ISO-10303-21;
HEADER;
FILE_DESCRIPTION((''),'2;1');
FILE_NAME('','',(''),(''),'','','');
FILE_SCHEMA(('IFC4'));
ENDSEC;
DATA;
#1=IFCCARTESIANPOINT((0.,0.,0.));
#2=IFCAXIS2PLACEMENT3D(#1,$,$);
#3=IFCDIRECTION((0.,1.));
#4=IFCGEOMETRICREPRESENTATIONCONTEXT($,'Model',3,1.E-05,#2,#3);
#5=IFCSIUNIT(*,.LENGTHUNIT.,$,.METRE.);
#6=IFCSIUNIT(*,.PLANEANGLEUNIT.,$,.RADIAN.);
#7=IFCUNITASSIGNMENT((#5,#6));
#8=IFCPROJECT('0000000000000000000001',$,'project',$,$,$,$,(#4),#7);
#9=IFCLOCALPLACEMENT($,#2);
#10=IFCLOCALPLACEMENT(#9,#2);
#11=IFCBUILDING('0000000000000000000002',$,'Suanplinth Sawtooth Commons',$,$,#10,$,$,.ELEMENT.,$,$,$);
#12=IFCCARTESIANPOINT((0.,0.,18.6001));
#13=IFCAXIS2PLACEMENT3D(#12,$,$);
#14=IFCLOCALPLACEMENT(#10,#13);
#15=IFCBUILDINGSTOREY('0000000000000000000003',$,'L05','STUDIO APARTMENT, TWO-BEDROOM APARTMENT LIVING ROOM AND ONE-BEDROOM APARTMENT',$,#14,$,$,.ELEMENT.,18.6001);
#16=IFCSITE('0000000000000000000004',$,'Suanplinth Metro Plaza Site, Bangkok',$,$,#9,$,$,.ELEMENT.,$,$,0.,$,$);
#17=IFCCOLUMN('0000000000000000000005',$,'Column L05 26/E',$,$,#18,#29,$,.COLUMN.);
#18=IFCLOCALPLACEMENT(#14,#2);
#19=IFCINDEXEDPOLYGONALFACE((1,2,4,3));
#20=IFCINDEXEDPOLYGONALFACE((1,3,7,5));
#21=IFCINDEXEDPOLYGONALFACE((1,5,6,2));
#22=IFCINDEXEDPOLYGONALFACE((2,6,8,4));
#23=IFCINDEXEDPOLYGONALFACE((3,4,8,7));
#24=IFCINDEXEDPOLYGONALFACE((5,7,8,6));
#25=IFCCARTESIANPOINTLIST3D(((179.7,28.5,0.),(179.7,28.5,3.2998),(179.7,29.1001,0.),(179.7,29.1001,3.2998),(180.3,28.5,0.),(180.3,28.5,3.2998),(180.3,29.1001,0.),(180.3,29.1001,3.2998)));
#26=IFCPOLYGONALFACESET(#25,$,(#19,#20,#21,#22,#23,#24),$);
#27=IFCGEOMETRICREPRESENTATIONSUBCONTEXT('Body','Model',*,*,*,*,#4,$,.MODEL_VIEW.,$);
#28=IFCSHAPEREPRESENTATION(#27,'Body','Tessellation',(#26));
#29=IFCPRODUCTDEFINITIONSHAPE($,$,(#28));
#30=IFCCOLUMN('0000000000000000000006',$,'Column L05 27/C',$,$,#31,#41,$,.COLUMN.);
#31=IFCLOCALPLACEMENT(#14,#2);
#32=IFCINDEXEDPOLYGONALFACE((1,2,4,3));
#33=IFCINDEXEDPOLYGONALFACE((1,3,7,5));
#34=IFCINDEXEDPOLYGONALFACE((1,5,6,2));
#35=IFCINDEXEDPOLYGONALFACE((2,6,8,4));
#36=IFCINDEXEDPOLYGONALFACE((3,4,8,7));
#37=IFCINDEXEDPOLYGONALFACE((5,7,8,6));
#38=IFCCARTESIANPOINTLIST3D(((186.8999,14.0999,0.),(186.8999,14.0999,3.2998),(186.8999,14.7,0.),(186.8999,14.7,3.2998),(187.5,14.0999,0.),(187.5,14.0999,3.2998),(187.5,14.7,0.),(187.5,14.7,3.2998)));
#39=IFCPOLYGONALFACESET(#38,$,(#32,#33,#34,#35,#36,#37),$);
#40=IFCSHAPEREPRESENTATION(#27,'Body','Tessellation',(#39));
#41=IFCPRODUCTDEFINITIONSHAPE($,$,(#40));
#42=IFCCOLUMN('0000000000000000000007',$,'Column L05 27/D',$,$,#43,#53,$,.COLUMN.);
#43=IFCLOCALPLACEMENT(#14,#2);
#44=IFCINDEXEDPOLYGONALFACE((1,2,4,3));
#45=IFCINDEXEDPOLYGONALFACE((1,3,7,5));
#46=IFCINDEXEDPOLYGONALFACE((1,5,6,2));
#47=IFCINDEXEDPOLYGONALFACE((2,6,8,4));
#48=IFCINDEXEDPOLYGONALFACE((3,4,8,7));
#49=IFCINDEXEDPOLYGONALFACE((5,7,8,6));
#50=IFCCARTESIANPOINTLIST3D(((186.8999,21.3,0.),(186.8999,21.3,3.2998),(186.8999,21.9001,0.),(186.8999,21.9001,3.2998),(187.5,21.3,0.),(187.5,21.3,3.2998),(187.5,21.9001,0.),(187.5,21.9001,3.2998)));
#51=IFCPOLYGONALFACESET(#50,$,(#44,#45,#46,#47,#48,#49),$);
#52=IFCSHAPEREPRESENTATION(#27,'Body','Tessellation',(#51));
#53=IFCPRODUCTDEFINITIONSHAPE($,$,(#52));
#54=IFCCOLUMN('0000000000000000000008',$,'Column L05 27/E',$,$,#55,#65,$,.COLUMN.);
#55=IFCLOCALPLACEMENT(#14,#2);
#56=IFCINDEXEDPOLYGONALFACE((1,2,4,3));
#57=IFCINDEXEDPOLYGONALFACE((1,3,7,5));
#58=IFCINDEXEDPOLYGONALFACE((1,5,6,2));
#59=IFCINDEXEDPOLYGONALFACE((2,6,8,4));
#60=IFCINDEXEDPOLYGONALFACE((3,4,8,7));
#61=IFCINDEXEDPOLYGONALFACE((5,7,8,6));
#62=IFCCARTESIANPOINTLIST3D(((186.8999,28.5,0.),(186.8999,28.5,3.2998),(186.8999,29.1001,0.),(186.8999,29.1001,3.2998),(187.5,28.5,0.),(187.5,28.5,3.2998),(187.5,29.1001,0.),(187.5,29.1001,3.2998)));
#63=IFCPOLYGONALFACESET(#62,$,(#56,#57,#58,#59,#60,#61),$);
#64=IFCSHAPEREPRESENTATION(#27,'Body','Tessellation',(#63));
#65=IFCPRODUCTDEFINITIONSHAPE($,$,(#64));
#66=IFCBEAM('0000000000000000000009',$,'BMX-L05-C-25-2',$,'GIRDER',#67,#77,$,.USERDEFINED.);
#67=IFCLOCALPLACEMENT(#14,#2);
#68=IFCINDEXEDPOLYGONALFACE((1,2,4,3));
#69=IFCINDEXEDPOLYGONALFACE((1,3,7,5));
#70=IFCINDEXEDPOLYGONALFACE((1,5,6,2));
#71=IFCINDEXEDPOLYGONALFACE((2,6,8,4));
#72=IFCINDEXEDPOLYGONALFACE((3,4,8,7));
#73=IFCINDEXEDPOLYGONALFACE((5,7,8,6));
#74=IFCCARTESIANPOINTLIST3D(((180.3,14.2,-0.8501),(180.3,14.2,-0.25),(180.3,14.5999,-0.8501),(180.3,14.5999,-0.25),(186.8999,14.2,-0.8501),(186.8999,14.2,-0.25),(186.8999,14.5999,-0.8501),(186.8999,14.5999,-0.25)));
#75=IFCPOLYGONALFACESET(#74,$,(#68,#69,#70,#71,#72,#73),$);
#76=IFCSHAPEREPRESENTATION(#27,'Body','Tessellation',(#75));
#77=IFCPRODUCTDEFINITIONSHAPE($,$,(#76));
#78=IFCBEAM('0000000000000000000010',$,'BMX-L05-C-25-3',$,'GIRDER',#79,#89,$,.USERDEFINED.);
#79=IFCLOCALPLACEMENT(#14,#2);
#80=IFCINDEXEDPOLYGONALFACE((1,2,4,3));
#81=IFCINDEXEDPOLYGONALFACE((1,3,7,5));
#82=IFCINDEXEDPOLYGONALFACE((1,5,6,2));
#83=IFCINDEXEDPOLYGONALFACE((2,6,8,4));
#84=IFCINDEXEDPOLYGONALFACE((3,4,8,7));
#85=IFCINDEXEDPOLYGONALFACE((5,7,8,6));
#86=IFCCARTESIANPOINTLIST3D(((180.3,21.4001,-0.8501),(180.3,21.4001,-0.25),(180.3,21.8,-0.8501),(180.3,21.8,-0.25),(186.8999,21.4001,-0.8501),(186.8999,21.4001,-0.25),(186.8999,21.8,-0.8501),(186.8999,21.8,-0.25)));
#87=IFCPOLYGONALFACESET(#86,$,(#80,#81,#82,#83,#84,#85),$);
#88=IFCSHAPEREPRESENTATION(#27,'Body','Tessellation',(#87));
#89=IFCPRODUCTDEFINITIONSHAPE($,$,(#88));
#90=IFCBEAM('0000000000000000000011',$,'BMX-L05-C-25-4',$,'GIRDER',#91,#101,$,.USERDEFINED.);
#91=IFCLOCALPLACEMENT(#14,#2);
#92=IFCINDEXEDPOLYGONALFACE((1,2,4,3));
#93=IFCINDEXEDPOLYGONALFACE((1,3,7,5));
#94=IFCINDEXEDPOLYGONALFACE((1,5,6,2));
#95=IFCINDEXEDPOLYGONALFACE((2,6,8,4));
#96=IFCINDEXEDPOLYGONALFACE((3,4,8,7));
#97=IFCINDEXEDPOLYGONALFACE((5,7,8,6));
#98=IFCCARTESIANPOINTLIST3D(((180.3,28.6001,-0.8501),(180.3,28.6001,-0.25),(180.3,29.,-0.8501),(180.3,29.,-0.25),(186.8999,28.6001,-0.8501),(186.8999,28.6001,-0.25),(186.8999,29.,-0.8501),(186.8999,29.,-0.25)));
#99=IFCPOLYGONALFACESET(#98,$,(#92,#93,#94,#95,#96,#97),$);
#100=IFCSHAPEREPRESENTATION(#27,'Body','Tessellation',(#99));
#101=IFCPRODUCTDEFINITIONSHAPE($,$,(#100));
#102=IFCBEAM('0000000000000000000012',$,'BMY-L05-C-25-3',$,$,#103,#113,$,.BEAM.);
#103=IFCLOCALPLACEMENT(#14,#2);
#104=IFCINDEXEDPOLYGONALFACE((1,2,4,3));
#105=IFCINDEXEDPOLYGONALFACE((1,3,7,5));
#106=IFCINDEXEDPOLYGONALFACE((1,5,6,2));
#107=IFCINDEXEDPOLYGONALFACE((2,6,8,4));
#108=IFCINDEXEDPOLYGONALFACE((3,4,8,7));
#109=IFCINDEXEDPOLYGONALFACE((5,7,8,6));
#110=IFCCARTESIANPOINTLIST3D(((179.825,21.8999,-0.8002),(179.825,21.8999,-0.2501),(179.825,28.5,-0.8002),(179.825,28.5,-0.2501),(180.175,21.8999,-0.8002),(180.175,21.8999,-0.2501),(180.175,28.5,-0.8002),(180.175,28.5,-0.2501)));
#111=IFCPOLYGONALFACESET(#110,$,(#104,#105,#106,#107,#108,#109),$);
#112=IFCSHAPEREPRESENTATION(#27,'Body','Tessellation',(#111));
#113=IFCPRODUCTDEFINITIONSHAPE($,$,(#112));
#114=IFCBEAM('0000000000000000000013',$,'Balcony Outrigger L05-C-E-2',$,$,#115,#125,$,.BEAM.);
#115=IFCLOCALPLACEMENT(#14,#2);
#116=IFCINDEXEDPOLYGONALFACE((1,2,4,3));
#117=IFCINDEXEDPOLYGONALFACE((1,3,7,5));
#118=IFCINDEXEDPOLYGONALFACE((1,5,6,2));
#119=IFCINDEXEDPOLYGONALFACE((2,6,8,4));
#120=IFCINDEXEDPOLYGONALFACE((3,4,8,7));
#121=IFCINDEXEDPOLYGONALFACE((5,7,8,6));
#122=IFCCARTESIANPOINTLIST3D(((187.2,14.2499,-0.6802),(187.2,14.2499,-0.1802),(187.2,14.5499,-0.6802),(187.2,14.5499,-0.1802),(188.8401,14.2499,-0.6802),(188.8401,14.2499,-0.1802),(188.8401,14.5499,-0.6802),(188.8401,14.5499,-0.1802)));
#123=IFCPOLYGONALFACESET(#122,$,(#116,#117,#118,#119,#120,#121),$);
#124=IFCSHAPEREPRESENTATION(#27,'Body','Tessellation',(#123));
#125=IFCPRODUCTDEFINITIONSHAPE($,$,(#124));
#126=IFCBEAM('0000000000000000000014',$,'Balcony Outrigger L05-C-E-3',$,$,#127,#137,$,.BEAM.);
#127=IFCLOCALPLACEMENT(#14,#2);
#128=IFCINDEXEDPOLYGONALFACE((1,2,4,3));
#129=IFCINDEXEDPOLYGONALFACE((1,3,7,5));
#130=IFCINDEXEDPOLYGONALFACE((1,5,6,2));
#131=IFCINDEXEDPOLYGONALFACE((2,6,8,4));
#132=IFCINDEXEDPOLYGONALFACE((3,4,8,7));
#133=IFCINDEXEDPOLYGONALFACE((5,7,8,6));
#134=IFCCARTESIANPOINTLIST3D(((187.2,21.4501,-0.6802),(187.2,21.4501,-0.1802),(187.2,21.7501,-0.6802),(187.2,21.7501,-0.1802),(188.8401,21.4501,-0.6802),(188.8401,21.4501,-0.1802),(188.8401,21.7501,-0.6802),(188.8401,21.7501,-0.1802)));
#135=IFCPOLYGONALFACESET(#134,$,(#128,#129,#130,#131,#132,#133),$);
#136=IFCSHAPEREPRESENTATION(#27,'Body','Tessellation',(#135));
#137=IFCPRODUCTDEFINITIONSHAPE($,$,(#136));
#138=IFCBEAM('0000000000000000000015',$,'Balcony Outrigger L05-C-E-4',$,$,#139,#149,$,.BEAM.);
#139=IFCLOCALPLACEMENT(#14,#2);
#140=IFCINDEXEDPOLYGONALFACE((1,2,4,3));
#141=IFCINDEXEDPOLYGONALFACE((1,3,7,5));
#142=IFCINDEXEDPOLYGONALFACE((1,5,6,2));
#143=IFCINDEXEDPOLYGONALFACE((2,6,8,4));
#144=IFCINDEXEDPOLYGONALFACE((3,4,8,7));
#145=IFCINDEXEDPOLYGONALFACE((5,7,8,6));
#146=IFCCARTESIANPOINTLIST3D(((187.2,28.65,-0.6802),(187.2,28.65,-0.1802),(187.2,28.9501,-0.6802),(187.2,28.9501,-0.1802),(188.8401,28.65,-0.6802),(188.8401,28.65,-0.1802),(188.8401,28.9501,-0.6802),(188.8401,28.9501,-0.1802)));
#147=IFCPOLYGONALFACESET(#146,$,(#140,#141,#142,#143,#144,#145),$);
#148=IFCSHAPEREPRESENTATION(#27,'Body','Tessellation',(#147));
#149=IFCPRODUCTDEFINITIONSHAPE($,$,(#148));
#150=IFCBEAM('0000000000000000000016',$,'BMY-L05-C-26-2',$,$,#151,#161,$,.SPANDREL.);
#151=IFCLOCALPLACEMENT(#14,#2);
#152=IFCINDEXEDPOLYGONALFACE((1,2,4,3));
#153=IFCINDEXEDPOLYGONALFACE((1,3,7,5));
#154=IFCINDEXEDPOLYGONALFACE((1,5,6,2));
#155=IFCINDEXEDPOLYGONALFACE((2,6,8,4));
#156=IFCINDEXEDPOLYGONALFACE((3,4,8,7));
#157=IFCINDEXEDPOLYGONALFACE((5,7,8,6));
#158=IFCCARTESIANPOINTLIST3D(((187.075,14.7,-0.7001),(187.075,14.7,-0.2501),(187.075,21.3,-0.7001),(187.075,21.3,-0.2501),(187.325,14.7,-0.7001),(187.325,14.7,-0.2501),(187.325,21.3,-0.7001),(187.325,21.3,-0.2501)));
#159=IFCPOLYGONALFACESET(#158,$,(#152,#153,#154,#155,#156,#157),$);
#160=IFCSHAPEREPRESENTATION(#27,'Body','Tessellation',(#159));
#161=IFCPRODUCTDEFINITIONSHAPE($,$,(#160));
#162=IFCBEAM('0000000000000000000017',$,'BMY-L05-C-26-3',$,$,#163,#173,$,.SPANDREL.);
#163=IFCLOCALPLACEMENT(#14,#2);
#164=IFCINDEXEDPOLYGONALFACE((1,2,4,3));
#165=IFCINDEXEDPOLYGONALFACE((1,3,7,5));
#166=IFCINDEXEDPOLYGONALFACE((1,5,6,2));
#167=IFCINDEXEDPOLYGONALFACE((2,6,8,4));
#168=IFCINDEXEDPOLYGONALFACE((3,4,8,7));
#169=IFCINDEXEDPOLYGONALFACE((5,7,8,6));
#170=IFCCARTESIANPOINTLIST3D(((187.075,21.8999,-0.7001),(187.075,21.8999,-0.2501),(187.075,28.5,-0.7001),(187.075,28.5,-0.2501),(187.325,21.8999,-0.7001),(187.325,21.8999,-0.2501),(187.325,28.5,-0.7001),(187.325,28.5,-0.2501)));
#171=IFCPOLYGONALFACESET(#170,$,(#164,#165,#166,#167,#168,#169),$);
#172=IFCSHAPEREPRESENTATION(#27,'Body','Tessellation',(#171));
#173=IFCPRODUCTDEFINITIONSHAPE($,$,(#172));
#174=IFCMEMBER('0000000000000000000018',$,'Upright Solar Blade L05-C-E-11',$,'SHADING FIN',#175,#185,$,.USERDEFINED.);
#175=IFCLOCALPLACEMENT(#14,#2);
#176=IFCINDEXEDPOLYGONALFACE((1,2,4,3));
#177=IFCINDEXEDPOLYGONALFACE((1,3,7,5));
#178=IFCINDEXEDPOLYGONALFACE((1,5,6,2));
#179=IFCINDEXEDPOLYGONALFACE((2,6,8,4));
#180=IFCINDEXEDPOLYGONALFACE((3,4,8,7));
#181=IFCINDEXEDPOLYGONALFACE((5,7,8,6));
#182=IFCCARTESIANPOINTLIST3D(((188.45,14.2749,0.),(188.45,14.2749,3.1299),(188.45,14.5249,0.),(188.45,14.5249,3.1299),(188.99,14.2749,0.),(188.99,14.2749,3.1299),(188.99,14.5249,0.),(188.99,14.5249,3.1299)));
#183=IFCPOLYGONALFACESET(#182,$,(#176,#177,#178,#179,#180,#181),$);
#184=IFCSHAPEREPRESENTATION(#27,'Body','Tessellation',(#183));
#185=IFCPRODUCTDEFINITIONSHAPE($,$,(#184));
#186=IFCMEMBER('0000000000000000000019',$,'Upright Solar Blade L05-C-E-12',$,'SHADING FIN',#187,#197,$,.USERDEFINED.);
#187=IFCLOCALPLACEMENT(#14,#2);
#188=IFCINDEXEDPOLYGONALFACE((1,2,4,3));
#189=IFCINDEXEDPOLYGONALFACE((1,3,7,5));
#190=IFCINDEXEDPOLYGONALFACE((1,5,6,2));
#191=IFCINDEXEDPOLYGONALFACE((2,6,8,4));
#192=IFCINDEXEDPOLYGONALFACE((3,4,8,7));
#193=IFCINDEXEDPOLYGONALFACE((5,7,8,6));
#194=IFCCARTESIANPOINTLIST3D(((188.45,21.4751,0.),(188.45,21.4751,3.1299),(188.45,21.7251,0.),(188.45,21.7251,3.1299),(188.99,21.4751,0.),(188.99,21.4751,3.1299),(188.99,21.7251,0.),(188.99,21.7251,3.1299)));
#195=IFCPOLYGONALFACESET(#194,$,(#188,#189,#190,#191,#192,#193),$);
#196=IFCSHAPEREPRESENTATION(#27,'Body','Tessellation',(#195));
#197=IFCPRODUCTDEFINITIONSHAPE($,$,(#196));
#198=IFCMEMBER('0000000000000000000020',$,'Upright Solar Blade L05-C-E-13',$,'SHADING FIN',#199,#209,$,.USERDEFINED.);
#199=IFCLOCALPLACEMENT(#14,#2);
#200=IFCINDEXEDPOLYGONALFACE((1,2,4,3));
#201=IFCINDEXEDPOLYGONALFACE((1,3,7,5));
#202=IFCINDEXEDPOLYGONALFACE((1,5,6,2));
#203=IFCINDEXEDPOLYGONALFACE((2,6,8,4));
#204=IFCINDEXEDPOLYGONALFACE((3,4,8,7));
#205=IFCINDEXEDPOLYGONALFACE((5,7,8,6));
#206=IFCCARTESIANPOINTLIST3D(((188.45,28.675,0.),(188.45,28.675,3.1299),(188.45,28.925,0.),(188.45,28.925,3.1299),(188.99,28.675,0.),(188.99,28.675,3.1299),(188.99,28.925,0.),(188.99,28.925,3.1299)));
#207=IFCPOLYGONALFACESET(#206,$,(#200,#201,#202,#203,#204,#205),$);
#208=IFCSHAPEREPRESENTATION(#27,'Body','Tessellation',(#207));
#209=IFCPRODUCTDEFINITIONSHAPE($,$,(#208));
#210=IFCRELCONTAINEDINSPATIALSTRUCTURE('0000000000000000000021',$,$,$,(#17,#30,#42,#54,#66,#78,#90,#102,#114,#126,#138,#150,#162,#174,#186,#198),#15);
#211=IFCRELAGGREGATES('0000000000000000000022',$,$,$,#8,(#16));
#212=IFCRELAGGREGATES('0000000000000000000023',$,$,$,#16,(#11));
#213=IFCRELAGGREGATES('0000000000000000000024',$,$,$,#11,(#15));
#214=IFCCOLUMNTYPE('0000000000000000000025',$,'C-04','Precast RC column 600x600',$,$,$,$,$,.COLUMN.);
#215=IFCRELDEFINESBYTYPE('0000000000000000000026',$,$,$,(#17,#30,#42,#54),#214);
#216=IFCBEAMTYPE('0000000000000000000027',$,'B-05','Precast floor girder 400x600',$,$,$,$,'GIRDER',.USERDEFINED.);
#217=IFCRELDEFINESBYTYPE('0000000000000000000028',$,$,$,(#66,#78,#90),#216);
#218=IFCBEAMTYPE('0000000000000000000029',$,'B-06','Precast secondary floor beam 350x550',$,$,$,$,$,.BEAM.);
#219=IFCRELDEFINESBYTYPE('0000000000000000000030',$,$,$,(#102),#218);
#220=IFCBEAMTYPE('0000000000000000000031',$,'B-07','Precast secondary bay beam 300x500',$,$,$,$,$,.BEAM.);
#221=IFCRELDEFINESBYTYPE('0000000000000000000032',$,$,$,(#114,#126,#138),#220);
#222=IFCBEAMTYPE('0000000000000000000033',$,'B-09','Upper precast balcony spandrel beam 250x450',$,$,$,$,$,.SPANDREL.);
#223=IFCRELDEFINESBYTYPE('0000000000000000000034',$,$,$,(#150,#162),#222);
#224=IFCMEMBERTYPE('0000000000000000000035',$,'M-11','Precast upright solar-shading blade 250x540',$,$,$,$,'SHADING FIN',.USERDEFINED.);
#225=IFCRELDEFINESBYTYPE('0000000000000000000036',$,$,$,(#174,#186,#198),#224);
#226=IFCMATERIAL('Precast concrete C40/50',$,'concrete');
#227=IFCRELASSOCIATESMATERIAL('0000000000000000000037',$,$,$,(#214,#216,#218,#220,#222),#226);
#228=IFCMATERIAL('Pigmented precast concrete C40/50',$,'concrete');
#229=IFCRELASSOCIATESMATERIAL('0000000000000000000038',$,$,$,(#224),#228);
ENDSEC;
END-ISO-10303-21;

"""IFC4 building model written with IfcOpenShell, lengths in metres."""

from ifc_helpers import new_model, si_unit, direction, frame, origin, origin_2d, place, context, subcontext, project, spatial, rectangle, extrude, material, material_profile, profile_set, type_object, element, save


model = new_model("IFC4")

# Units and contexts
model_context = context("Model", 3, precision=1e-05, world=origin(), true_north=direction((0.0, 1.0)))
body_context = subcontext(model_context, "Body", "Model", "MODEL_VIEW")
ifc_project = project(units=[si_unit("LENGTHUNIT", "METRE"), si_unit("PLANEANGLEUNIT", "RADIAN")], contexts=[model_context])

# Site, building, storey
site_placement = place(None, origin())
site = spatial("IfcSite", under=ifc_project, at=site_placement, Name="Suanplinth Metro Plaza Site, Bangkok", CompositionType="ELEMENT", RefElevation=0.0)
building_placement = place(site_placement, origin())
building = spatial("IfcBuilding", under=site, at=building_placement, Name="Suanplinth Sawtooth Commons", CompositionType="ELEMENT")
storey_placement = place(building_placement, frame((0.0, 0.0, 18.6001)))
storey = spatial("IfcBuildingStorey", under=building, at=storey_placement, Name="L05", Description="STUDIO APARTMENT, TWO-BEDROOM APARTMENT LIVING ROOM AND ONE-BEDROOM APARTMENT", CompositionType="ELEMENT", Elevation=18.6001)

# Columns
ifc_material_1 = material(Name="Precast concrete C40/50", Category="concrete")
ifc_material_profile_1 = material_profile(ifc_material_1, rectangle(XDim=0.6001, YDim=0.6001, at=origin_2d()), Name="PC-COL 600x600")
ifc_profile_set_1 = profile_set([ifc_material_profile_1], Name="Precast concrete C40/50")
column_type = type_object("IfcColumnType", Name="C-04", Description="Precast RC column 600x600", PredefinedType="COLUMN", material=ifc_profile_set_1)
for number, where, z_axis, x_axis, name in (
    (1, (180.0, 28.8, 0.0), (0.0, 0.0, 1.0), (1.0, 0.0, 0.0), "Column L05 26/E"),
    (2, (187.2, 14.3999, 0.0), (0.0, 0.0, 1.0), (1.0, 0.0, 0.0), "Column L05 27/C"),
    (3, (187.2, 21.6001, 0.0), (0.0, 0.0, 1.0), (1.0, 0.0, 0.0), "Column L05 27/D"),
    (4, (187.2, 28.8, 0.0), (0.0, 0.0, 1.0), (1.0, 0.0, 0.0), "Column L05 27/E"),
):
    element("IfcColumn", number, at=place(storey_placement, frame(where, z_axis=z_axis, x_axis=x_axis)), inside=storey, type_object=column_type, Name=name, PredefinedType="COLUMN", context=body_context, shape_type="SweptSolid", body=[
        extrude(rectangle(XDim=0.6001, YDim=0.6001, at=origin_2d()), origin(), (0.0, 0.0, 1.0), 3.2998),
    ])

# Beams
ifc_material_profile_2 = material_profile(ifc_material_1, rectangle(XDim=0.3999, YDim=0.6001, at=origin_2d()), Name="PC-GDR 400x600")
ifc_profile_set_2 = profile_set([ifc_material_profile_2], Name="Precast concrete C40/50")
beam_type_1 = type_object("IfcBeamType", Name="B-05", Description="Precast floor girder 400x600", ElementType="GIRDER", PredefinedType="USERDEFINED", material=ifc_profile_set_2)
for number, where, z_axis, x_axis, name in (
    (5, (180.3, 14.3999, -0.55), (1.0, 0.0, 0.0), (0.0, 1.0, 0.0), "BMX-L05-C-25-2"),
    (6, (180.3, 21.6001, -0.55), (1.0, 0.0, 0.0), (0.0, 1.0, 0.0), "BMX-L05-C-25-3"),
    (7, (180.3, 28.8, -0.55), (1.0, 0.0, 0.0), (0.0, 1.0, 0.0), "BMX-L05-C-25-4"),
):
    element("IfcBeam", number, at=place(storey_placement, frame(where, z_axis=z_axis, x_axis=x_axis)), inside=storey, type_object=beam_type_1, Name=name, ObjectType="GIRDER", PredefinedType="USERDEFINED", context=body_context, shape_type="SweptSolid", body=[
        extrude(rectangle(XDim=0.3999, YDim=0.6001, at=origin_2d()), origin(), (0.0, 0.0, 1.0), 6.5999),
    ])
ifc_material_profile_3 = material_profile(ifc_material_1, rectangle(XDim=0.3501, YDim=0.55, at=origin_2d()), Name="PC-BM 350x550")
ifc_profile_set_3 = profile_set([ifc_material_profile_3], Name="Precast concrete C40/50")
beam_type_2 = type_object("IfcBeamType", Name="B-06", Description="Precast secondary floor beam 350x550", PredefinedType="BEAM", material=ifc_profile_set_3)
beam_placement = place(storey_placement, frame((180.0, 21.8999, -0.5251), z_axis=(0.0, 1.0, 0.0), x_axis=(-1.0, 0.0, 0.0)))
element("IfcBeam", 8, at=beam_placement, inside=storey, type_object=beam_type_2, Name="BMY-L05-C-25-3", PredefinedType="BEAM", context=body_context, shape_type="SweptSolid", body=[
    extrude(rectangle(XDim=0.3501, YDim=0.55, at=origin_2d()), origin(), (0.0, 0.0, 1.0), 6.6001),
])
ifc_material_profile_4 = material_profile(ifc_material_1, rectangle(XDim=0.3, YDim=0.5, at=origin_2d()), Name="PC-BM 300x500")
ifc_profile_set_4 = profile_set([ifc_material_profile_4], Name="Precast concrete C40/50")
beam_type_3 = type_object("IfcBeamType", Name="B-07", Description="Precast secondary bay beam 300x500", PredefinedType="BEAM", material=ifc_profile_set_4)
for number, where, z_axis, x_axis, name in (
    (9, (187.2, 14.3999, -0.4302), (1.0, 0.0, 0.0), (0.0, 1.0, 0.0), "Balcony Outrigger L05-C-E-2"),
    (10, (187.2, 21.6001, -0.4302), (1.0, 0.0, 0.0), (0.0, 1.0, 0.0), "Balcony Outrigger L05-C-E-3"),
    (11, (187.2, 28.8, -0.4302), (1.0, 0.0, 0.0), (0.0, 1.0, 0.0), "Balcony Outrigger L05-C-E-4"),
):
    element("IfcBeam", number, at=place(storey_placement, frame(where, z_axis=z_axis, x_axis=x_axis)), inside=storey, type_object=beam_type_3, Name=name, PredefinedType="BEAM", context=body_context, shape_type="SweptSolid", body=[
        extrude(rectangle(XDim=0.3, YDim=0.5, at=origin_2d()), origin(), (0.0, 0.0, 1.0), 1.6401),
    ])
ifc_material_profile_5 = material_profile(ifc_material_1, rectangle(XDim=0.25, YDim=0.45, at=origin_2d()), Name="PC-SP 250x450")
ifc_profile_set_5 = profile_set([ifc_material_profile_5], Name="Precast concrete C40/50")
beam_type_4 = type_object("IfcBeamType", Name="B-09", Description="Upper precast balcony spandrel beam 250x450", PredefinedType="SPANDREL", material=ifc_profile_set_5)
for number, where, z_axis, x_axis, name in (
    (12, (187.2, 14.7, -0.4751), (0.0, 1.0, 0.0), (-1.0, 0.0, 0.0), "BMY-L05-C-26-2"),
    (13, (187.2, 21.8999, -0.4751), (0.0, 1.0, 0.0), (-1.0, 0.0, 0.0), "BMY-L05-C-26-3"),
):
    element("IfcBeam", number, at=place(storey_placement, frame(where, z_axis=z_axis, x_axis=x_axis)), inside=storey, type_object=beam_type_4, Name=name, PredefinedType="SPANDREL", context=body_context, shape_type="SweptSolid", body=[
        extrude(rectangle(XDim=0.25, YDim=0.45, at=origin_2d()), origin(), (0.0, 0.0, 1.0), 6.6001),
    ])

# Members
ifc_material_2 = material(Name="Pigmented precast concrete C40/50", Category="concrete")
ifc_material_profile_6 = material_profile(ifc_material_2, rectangle(XDim=0.25, YDim=0.54, at=origin_2d()), Name="PC-FIN 250x540")
ifc_profile_set_6 = profile_set([ifc_material_profile_6], Name="Pigmented precast concrete C40/50")
member_type = type_object("IfcMemberType", Name="M-11", Description="Precast upright solar-shading blade 250x540", ElementType="SHADING FIN", PredefinedType="USERDEFINED", material=ifc_profile_set_6)
for number, where, z_axis, x_axis, name in (
    (14, (188.72, 14.3999, 0.0), (0.0, 0.0, 1.0), (0.0, 1.0, 0.0), "Upright Solar Blade L05-C-E-11"),
    (15, (188.72, 21.6001, 0.0), (0.0, 0.0, 1.0), (0.0, 1.0, 0.0), "Upright Solar Blade L05-C-E-12"),
    (16, (188.72, 28.8, 0.0), (0.0, 0.0, 1.0), (0.0, 1.0, 0.0), "Upright Solar Blade L05-C-E-13"),
):
    element("IfcMember", number, at=place(storey_placement, frame(where, z_axis=z_axis, x_axis=x_axis)), inside=storey, type_object=member_type, Name=name, ObjectType="SHADING FIN", PredefinedType="USERDEFINED", context=body_context, shape_type="SweptSolid", body=[
        extrude(rectangle(XDim=0.25, YDim=0.54, at=origin_2d()), origin(), (0.0, 0.0, 1.0), 3.1299),
    ])

save(model, "model.ifc")
